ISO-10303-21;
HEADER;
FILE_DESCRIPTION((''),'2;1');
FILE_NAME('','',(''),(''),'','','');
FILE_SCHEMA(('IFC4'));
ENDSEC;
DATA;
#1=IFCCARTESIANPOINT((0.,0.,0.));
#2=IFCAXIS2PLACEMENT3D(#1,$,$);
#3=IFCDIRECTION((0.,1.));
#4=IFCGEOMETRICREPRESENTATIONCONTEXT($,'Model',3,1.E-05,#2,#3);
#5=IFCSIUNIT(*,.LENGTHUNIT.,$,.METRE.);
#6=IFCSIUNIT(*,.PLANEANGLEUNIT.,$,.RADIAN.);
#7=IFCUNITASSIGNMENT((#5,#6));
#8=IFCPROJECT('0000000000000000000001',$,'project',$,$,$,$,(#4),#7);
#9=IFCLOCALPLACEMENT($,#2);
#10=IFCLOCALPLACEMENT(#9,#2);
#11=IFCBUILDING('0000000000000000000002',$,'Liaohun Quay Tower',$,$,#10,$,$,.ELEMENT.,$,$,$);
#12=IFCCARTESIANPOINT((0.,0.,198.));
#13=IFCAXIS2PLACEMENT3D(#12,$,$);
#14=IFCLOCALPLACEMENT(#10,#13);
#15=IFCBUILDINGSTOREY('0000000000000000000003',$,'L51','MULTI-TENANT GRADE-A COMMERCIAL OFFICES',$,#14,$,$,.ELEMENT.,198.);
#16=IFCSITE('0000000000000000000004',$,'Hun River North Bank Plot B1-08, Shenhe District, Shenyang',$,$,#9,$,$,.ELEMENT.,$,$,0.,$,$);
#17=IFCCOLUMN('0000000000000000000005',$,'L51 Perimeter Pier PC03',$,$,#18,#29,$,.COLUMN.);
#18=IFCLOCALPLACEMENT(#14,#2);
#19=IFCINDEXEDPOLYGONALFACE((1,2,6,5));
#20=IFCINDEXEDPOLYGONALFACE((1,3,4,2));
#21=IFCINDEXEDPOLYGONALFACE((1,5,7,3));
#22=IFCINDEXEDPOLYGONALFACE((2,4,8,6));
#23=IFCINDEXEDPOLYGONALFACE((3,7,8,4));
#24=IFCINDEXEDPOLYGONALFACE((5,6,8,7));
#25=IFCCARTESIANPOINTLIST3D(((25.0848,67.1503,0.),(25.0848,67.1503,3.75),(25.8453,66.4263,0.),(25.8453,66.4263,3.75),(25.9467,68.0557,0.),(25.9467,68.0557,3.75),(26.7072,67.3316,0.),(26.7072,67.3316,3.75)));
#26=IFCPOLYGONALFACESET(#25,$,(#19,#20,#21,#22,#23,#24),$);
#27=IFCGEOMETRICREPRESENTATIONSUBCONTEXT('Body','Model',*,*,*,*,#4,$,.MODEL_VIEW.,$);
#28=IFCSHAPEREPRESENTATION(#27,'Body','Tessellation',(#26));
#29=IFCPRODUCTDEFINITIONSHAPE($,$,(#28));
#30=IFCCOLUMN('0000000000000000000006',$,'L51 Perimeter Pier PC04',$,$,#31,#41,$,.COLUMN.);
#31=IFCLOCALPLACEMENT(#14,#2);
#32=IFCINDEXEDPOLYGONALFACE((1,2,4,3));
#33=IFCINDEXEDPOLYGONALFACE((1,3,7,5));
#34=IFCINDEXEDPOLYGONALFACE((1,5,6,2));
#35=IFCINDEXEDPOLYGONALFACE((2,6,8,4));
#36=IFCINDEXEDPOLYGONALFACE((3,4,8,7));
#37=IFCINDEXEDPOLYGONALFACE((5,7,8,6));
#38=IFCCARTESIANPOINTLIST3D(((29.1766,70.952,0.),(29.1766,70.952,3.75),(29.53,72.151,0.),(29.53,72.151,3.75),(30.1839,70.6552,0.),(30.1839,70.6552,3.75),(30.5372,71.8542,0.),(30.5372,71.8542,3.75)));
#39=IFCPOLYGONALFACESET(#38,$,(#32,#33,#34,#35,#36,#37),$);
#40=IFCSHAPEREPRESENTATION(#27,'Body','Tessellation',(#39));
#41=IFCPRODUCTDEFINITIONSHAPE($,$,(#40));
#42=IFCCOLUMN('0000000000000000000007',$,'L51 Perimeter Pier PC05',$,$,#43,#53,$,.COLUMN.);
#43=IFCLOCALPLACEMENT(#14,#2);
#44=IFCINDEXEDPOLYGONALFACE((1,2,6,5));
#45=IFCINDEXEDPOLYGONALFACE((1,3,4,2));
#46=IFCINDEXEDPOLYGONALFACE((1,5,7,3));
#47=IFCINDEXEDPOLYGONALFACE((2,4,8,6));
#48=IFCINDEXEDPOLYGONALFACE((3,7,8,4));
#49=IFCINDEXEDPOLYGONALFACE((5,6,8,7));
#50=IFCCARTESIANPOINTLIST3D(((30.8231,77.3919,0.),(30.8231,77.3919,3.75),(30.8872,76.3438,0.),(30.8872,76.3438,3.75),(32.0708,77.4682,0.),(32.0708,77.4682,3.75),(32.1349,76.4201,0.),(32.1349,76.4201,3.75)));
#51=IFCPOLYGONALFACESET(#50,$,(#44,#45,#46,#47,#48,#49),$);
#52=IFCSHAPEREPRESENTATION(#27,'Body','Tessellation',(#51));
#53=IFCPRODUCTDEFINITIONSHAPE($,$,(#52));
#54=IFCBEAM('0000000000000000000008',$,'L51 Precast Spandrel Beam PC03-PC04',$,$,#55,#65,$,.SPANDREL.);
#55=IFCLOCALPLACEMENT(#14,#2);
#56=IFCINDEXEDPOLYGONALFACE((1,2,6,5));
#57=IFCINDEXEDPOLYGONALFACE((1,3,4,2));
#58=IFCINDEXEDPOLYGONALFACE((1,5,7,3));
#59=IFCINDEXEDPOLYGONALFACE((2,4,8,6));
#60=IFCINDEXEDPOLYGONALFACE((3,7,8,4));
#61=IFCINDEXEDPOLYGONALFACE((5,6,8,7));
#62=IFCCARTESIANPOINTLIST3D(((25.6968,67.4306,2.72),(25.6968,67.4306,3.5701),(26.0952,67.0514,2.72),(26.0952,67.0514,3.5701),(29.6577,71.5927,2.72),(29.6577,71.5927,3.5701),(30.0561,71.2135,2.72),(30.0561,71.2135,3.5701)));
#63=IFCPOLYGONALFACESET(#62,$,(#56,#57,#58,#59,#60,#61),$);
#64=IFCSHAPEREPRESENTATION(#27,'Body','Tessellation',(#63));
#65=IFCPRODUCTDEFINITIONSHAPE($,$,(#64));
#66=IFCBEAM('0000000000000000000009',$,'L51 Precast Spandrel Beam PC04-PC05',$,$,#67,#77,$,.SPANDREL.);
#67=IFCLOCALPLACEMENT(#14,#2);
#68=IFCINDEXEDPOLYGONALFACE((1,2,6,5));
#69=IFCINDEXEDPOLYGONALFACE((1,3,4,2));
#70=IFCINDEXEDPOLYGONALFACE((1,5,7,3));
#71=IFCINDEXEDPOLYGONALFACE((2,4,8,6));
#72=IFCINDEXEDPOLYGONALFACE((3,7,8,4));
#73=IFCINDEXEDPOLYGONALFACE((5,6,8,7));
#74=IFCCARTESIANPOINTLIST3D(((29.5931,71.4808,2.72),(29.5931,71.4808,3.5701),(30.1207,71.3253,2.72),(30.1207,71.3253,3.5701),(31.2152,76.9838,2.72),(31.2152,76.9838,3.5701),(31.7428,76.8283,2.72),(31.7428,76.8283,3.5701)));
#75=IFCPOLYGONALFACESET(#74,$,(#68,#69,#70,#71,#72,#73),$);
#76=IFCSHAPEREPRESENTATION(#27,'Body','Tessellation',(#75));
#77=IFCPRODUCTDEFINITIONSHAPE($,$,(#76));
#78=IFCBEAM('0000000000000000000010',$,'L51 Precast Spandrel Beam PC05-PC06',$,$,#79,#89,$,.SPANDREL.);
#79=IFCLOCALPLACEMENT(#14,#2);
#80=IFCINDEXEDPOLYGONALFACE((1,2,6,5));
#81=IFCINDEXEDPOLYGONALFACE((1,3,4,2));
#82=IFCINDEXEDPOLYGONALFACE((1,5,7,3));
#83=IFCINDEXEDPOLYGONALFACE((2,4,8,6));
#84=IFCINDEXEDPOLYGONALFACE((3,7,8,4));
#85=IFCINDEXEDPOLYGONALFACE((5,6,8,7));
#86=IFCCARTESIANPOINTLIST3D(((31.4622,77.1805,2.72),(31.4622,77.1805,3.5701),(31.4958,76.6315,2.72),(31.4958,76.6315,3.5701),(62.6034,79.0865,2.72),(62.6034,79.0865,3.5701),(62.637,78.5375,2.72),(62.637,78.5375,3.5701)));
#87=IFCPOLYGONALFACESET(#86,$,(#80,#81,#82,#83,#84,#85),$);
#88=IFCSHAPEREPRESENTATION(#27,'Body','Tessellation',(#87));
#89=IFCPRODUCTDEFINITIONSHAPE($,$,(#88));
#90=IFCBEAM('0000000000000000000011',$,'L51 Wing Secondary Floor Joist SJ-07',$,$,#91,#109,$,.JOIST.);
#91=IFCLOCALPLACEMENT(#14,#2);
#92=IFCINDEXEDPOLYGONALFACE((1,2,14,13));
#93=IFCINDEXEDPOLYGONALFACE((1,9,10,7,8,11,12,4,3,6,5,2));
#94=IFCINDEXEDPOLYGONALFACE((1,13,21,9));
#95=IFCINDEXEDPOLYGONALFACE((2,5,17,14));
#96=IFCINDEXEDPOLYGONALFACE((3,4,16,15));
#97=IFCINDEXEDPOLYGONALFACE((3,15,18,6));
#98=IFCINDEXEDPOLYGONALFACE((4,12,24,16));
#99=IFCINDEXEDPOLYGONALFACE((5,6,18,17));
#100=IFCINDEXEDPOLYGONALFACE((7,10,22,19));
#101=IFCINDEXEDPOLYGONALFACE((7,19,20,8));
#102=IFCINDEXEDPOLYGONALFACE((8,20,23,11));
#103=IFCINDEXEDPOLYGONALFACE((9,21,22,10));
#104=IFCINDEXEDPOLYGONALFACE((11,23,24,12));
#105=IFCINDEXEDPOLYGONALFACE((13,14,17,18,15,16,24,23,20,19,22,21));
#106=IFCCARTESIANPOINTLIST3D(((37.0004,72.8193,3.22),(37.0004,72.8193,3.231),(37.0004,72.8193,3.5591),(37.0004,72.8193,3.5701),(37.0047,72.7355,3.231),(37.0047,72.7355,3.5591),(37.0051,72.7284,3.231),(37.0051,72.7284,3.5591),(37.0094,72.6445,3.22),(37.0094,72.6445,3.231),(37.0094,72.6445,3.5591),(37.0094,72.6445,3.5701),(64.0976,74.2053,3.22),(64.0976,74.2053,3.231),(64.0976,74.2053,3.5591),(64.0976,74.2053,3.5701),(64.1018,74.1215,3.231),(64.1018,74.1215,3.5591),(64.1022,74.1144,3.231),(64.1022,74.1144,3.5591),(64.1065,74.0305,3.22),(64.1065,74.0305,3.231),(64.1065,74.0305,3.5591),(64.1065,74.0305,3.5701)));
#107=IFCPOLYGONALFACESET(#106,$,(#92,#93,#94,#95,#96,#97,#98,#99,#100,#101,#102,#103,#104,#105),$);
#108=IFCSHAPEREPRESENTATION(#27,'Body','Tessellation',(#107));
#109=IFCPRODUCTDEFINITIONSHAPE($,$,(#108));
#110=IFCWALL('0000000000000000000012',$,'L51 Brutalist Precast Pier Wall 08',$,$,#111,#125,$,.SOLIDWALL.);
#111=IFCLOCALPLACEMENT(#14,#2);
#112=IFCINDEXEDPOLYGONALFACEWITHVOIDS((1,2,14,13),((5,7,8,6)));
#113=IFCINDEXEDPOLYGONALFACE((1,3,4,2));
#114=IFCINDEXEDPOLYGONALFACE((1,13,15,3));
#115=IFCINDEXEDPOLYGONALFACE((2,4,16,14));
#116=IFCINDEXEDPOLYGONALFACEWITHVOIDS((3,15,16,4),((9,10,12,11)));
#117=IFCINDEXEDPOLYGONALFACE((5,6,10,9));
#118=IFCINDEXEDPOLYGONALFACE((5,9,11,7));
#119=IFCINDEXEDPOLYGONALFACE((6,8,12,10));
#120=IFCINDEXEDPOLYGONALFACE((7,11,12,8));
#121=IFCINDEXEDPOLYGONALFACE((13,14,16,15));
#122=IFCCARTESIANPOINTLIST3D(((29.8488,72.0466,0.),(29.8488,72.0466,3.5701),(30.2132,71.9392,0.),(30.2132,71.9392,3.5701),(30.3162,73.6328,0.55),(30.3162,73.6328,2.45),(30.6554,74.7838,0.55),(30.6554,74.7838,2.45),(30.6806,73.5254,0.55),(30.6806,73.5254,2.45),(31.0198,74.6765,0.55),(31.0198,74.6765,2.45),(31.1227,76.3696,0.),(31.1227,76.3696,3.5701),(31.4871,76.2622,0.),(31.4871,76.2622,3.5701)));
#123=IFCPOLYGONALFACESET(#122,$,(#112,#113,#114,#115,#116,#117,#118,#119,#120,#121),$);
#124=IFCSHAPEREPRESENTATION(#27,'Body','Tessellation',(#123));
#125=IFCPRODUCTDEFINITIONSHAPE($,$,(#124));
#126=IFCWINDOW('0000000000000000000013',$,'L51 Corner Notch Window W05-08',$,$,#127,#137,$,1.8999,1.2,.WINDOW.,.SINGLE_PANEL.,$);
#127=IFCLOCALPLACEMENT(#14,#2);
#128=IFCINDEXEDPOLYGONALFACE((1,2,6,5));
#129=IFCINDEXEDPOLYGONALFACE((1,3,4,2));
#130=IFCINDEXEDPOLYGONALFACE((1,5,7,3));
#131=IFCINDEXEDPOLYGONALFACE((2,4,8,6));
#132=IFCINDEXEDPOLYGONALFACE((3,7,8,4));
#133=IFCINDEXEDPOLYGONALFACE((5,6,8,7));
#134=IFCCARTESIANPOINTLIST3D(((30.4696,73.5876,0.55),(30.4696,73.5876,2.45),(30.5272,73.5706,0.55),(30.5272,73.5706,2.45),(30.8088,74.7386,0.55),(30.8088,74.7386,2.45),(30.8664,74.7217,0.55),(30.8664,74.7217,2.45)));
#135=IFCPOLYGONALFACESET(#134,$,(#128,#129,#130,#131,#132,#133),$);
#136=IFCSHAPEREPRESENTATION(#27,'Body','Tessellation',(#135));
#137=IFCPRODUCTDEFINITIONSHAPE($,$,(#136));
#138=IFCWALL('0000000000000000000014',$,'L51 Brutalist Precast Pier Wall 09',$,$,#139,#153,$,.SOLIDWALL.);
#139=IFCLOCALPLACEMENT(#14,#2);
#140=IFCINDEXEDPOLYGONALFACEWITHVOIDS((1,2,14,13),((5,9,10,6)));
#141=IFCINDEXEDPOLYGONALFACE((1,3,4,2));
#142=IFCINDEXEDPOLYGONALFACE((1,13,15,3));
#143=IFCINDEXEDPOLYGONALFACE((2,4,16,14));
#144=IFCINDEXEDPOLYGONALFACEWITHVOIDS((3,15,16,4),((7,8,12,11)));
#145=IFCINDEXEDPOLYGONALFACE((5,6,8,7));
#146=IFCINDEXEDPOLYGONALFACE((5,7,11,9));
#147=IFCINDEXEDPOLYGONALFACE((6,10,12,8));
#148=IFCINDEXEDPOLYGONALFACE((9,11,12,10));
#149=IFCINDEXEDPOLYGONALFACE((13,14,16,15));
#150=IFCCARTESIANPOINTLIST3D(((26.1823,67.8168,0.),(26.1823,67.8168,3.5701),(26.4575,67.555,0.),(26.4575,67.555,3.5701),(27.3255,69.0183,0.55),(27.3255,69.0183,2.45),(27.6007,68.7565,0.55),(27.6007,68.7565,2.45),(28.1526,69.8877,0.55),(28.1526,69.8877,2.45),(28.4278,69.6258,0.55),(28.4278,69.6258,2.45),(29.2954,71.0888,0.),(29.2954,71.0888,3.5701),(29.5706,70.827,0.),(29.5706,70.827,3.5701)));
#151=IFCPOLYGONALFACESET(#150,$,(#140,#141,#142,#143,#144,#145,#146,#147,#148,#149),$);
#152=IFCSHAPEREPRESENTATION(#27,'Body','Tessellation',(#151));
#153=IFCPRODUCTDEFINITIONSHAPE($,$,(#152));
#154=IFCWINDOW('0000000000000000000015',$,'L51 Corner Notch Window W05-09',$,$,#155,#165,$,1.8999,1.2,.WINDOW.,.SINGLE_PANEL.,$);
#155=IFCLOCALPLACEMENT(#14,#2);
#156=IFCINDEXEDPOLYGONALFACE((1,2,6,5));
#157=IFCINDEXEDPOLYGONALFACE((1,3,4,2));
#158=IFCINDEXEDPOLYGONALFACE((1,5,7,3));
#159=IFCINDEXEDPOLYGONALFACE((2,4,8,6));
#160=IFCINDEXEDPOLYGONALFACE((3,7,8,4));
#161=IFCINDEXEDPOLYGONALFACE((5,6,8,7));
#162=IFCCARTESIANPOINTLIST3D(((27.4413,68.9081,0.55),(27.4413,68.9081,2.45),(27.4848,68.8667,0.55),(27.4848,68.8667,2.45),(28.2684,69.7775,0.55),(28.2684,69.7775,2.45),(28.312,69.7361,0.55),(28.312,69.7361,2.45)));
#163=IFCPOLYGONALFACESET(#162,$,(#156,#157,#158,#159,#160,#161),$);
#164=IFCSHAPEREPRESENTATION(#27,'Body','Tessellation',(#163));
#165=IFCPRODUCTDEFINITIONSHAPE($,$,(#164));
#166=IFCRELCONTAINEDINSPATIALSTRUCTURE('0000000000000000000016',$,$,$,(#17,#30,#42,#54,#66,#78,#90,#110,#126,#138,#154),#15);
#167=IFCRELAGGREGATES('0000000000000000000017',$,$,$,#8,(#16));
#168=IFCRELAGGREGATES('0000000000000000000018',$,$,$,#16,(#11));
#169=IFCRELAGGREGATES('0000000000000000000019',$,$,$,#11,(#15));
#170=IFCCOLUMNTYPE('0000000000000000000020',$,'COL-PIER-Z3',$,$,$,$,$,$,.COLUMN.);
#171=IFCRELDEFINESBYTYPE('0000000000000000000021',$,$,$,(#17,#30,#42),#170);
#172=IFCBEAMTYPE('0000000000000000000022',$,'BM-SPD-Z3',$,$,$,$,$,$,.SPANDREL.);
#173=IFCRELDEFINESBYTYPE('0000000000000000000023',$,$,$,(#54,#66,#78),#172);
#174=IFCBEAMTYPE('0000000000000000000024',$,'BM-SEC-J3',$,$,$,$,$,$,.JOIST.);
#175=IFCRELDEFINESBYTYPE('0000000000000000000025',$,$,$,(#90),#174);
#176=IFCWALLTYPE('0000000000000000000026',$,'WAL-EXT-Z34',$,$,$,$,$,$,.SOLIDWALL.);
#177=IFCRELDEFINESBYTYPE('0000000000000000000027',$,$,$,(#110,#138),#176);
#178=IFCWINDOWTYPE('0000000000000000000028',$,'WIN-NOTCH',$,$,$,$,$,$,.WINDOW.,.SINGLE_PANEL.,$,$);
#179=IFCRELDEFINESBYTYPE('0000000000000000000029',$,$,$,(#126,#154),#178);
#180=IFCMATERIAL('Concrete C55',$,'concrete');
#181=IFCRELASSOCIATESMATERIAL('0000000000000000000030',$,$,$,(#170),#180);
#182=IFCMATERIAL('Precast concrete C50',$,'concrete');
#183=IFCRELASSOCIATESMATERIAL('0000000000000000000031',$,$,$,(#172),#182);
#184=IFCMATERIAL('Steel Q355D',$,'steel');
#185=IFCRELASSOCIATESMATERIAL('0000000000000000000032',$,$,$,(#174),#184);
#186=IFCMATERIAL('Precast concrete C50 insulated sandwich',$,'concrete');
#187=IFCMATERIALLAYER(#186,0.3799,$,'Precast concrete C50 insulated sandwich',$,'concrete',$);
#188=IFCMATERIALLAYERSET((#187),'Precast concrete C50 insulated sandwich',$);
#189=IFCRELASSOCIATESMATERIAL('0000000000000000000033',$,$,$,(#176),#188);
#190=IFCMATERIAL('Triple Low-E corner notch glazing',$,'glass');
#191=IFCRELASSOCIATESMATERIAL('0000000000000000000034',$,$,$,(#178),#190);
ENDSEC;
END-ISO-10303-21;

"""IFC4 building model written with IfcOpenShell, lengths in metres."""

from ifc_helpers import new_model, si_unit, direction, frame, frame_2d, origin, origin_2d, place, context, subcontext, project, spatial, rectangle, i_section, extrude, source, transform, mapped, material, layer, layer_set, material_profile, profile_set, type_object, element, fill, save


model = new_model("IFC4")

# Units and contexts
model_context = context("Model", 3, precision=1e-05, world=origin(), true_north=direction((0.0, 1.0)))
body_context = subcontext(model_context, "Body", "Model", "MODEL_VIEW")
ifc_project = project(units=[si_unit("LENGTHUNIT", "METRE"), si_unit("PLANEANGLEUNIT", "RADIAN")], contexts=[model_context])

# Site, building, storey
site_placement = place(None, origin())
site = spatial("IfcSite", under=ifc_project, at=site_placement, Name="Hun River North Bank Plot B1-08, Shenhe District, Shenyang", CompositionType="ELEMENT", RefElevation=0.0)
building_placement = place(site_placement, origin())
building = spatial("IfcBuilding", under=site, at=building_placement, Name="Liaohun Quay Tower", CompositionType="ELEMENT")
storey_placement = place(building_placement, frame((0.0, 0.0, 198.0)))
storey = spatial("IfcBuildingStorey", under=building, at=storey_placement, Name="L51", Description="MULTI-TENANT GRADE-A COMMERCIAL OFFICES", CompositionType="ELEMENT", Elevation=198.0)

# Columns
ifc_material_1 = material(Name="Concrete C55", Category="concrete")
ifc_material_profile_1 = material_profile(ifc_material_1, rectangle(XDim=1.25, YDim=1.05, at=origin_2d()), Name="RC1250x1050")
ifc_profile_set_1 = profile_set([ifc_material_profile_1], Name="Concrete C55")
column_type = type_object("IfcColumnType", Name="COL-PIER-Z3", PredefinedType="COLUMN", material=ifc_profile_set_1)
shared_shape_1 = source(origin(), body_context, "Body", "SweptSolid", [
    extrude(rectangle(XDim=1.25, YDim=1.05, at=origin_2d()), origin(), (0.0, 0.0, 1.0), 3.75),
])
for number, where, z_axis, x_axis, name in (
    (1, (25.896, 67.241, 0.0), (0.0, 0.0, 1.0), (0.689493, 0.724292, 0.0), "L51 Perimeter Pier PC03"),
    (2, (29.8569, 71.4031, 0.0), (0.0, 0.0, 1.0), (0.282676, 0.959215, 0.0), "L51 Perimeter Pier PC04"),
    (3, (31.479, 76.906, 0.0), (0.0, 0.0, 1.0), (0.998135, 0.061049, 0.0), "L51 Perimeter Pier PC05"),
):
    element("IfcColumn", number, at=place(storey_placement, frame(where, z_axis=z_axis, x_axis=x_axis)), inside=storey, type_object=column_type, Name=name, PredefinedType="COLUMN", context=body_context, shape_type="MappedRepresentation", body=[
        mapped(shared_shape_1, transform((0.0, 0.0, 0.0), x_axis=(1.0, 0.0, 0.0), y_axis=(0.0, 1.0, 0.0), z_axis=(0.0, 0.0, 1.0), scale=1.0)),
    ])

# Beams
ifc_material_2 = material(Name="Precast concrete C50", Category="concrete")
ifc_material_profile_2 = material_profile(ifc_material_2, rectangle(XDim=0.55, YDim=0.8501, at=origin_2d()), Name="RC550x850")
ifc_profile_set_2 = profile_set([ifc_material_profile_2], Name="Precast concrete C50")
beam_type_1 = type_object("IfcBeamType", Name="BM-SPD-Z3", PredefinedType="SPANDREL", material=ifc_profile_set_2)
shared_shape_2 = source(origin(), body_context, "Body", "SweptSolid", [
    extrude(rectangle(XDim=0.55, YDim=0.8501, at=origin_2d()), origin(), (0.0, 0.0, 1.0), 5.7456),
])
beam_1_placement = place(storey_placement, frame((25.896, 67.241, 3.145), z_axis=(0.689384, 0.724397, 0.0), x_axis=(-0.724397, 0.689384, 0.0)))
element("IfcBeam", 4, at=beam_1_placement, inside=storey, type_object=beam_type_1, Name="L51 Precast Spandrel Beam PC03-PC04", PredefinedType="SPANDREL", context=body_context, shape_type="MappedRepresentation", body=[
    mapped(shared_shape_2, transform((0.0, 0.0, 0.0), x_axis=(1.0, 0.0, 0.0), y_axis=(0.0, 1.0, 0.0), z_axis=(0.0, 0.0, 1.0), scale=1.0)),
])
shared_shape_3 = source(origin(), body_context, "Body", "SweptSolid", [
    extrude(rectangle(XDim=0.55, YDim=0.8501, at=origin_2d()), origin(), (0.0, 0.0, 1.0), 5.7371),
])
beam_2_placement = place(storey_placement, frame((29.8569, 71.4031, 3.145), z_axis=(0.282738, 0.959197, 0.0), x_axis=(-0.959197, 0.282738, 0.0)))
element("IfcBeam", 5, at=beam_2_placement, inside=storey, type_object=beam_type_1, Name="L51 Precast Spandrel Beam PC04-PC05", PredefinedType="SPANDREL", context=body_context, shape_type="MappedRepresentation", body=[
    mapped(shared_shape_3, transform((0.0, 0.0, 0.0), x_axis=(1.0, 0.0, 0.0), y_axis=(0.0, 1.0, 0.0), z_axis=(0.0, 0.0, 1.0), scale=1.0)),
])
shared_shape_4 = source(origin(), body_context, "Body", "SweptSolid", [
    extrude(rectangle(XDim=0.55, YDim=0.8501, at=origin_2d()), origin(), (0.0, 0.0, 1.0), 31.1995),
])
beam_3_placement = place(storey_placement, frame((31.479, 76.906, 3.145), z_axis=(0.998132, 0.061091, 0.0), x_axis=(-0.061091, 0.998132, 0.0)))
element("IfcBeam", 6, at=beam_3_placement, inside=storey, type_object=beam_type_1, Name="L51 Precast Spandrel Beam PC05-PC06", PredefinedType="SPANDREL", context=body_context, shape_type="MappedRepresentation", body=[
    mapped(shared_shape_4, transform((0.0, 0.0, 0.0), x_axis=(1.0, 0.0, 0.0), y_axis=(0.0, 1.0, 0.0), z_axis=(0.0, 0.0, 1.0), scale=1.0)),
])
ifc_material_3 = material(Name="Steel Q355D", Category="steel")
ifc_material_profile_3 = material_profile(ifc_material_3, i_section(OverallWidth=0.175, OverallDepth=0.3501, WebThickness=0.0071, FlangeThickness=0.011, at=origin_2d()), Name="HN350x175x7x11")
ifc_profile_set_3 = profile_set([ifc_material_profile_3], Name="Steel Q355D")
beam_type_2 = type_object("IfcBeamType", Name="BM-SEC-J3", PredefinedType="JOIST", material=ifc_profile_set_3)
shared_shape_5 = source(origin(), body_context, "Body", "SweptSolid", [
    extrude(i_section(OverallWidth=0.175, OverallDepth=0.3501, WebThickness=0.0071, FlangeThickness=0.011, at=origin_2d()), origin(), (0.0, 0.0, 1.0), 27.1326),
])
beam_4_placement = place(storey_placement, frame((37.0049, 72.7319, 3.395), z_axis=(0.998694, 0.051082, 0.0), x_axis=(-0.051082, 0.998694, 0.0)))
element("IfcBeam", 7, at=beam_4_placement, inside=storey, type_object=beam_type_2, Name="L51 Wing Secondary Floor Joist SJ-07", PredefinedType="JOIST", context=body_context, shape_type="MappedRepresentation", body=[
    mapped(shared_shape_5, transform((0.0, 0.0, 0.0), x_axis=(1.0, 0.0, 0.0), y_axis=(0.0, 1.0, 0.0), z_axis=(0.0, 0.0, 1.0), scale=1.0)),
])

# Walls, openings, windows
ifc_material_4 = material(Name="Precast concrete C50 insulated sandwich", Category="concrete")
ifc_layer_1 = layer(ifc_material_4, 0.3799, Name="Precast concrete C50 insulated sandwich", Category="concrete")
ifc_layer_set_1 = layer_set([ifc_layer_1], Name="Precast concrete C50 insulated sandwich")
wall_type_1 = type_object("IfcWallType", Name="WAL-EXT-Z34", PredefinedType="SOLIDWALL", material=ifc_layer_set_1)
wall_1_placement = place(storey_placement, frame((31.3049, 76.3159, 0.0), z_axis=(0.0, 0.0, 1.0), x_axis=(-0.282668, -0.959218, 0.0)))
wall_1 = element("IfcWall", 8, at=wall_1_placement, inside=storey, type_object=wall_type_1, Name="L51 Brutalist Precast Pier Wall 08", PredefinedType="SOLIDWALL", context=body_context, shape_type="SweptSolid", body=[
    extrude(rectangle(XDim=4.5068, YDim=0.3799, at=frame_2d((2.2534, 0.0))), origin(), (0.0, 0.0, 1.0), 3.5701),
])
shared_shape_6 = source(origin(), body_context, "Body", "SweptSolid", [
    extrude(rectangle(XDim=1.2, YDim=1.8999, at=frame_2d((0.6001, 0.95))), frame((0.0, 0.2, 0.0), z_axis=(0.0, -1.0, 0.0), x_axis=(1.0, 0.0, 0.0)), (0.0, 0.0, 1.0), 0.3999),
])
opening_1_placement = place(wall_1_placement, frame((1.6531, 0.0, 0.55)))
opening_1 = element("IfcOpeningElement", 9, at=opening_1_placement, cuts=wall_1, PredefinedType="OPENING", context=body_context, shape_type="MappedRepresentation", body=[
    mapped(shared_shape_6, transform((0.0, 0.0, 0.0), x_axis=(1.0, 0.0, 0.0), y_axis=(0.0, 1.0, 0.0), z_axis=(0.0, 0.0, 1.0), scale=1.0)),
])
ifc_material_5 = material(Name="Triple Low-E corner notch glazing", Category="glass")
window_type_1 = type_object("IfcWindowType", Name="WIN-NOTCH", PartitioningType="SINGLE_PANEL", PredefinedType="WINDOW", material=ifc_material_5)
shared_shape_7 = source(origin(), body_context, "Body", "SweptSolid", [
    extrude(rectangle(XDim=1.2, YDim=1.8999, at=frame_2d((0.6001, 0.95))), frame((0.0, 0.03, 0.0), z_axis=(0.0, -1.0, 0.0), x_axis=(1.0, 0.0, 0.0)), (0.0, 0.0, 1.0), 0.0601),
])
window_1_placement = place(opening_1_placement, origin())
window_1 = element("IfcWindow", 10, at=window_1_placement, inside=storey, type_object=window_type_1, Name="L51 Corner Notch Window W05-08", OverallHeight=1.8999, OverallWidth=1.2, PartitioningType="SINGLE_PANEL", PredefinedType="WINDOW", context=body_context, shape_type="MappedRepresentation", body=[
    mapped(shared_shape_7, transform((0.0, 0.0, 0.0), x_axis=(1.0, 0.0, 0.0), y_axis=(0.0, 1.0, 0.0), z_axis=(0.0, 0.0, 1.0), scale=1.0)),
])
fill(opening_1, window_1)
wall_2_placement = place(storey_placement, frame((29.4331, 70.958, 0.0), z_axis=(0.0, 0.0, 1.0), x_axis=(-0.689292, -0.724484, 0.0)))
wall_2 = element("IfcWall", 11, at=wall_2_placement, inside=storey, type_object=wall_type_1, Name="L51 Brutalist Precast Pier Wall 09", PredefinedType="SOLIDWALL", context=body_context, shape_type="SweptSolid", body=[
    extrude(rectangle(XDim=4.5164, YDim=0.3799, at=frame_2d((2.2583, 0.0))), origin(), (0.0, 0.0, 1.0), 3.5701),
])
opening_2_placement = place(wall_2_placement, frame((1.658, 0.0, 0.55)))
opening_2 = element("IfcOpeningElement", 12, at=opening_2_placement, cuts=wall_2, PredefinedType="OPENING", context=body_context, shape_type="MappedRepresentation", body=[
    mapped(shared_shape_6, transform((0.0, 0.0, 0.0), x_axis=(1.0, 0.0, 0.0), y_axis=(0.0, 1.0, 0.0), z_axis=(0.0, 0.0, 1.0), scale=1.0)),
])
window_2_placement = place(opening_2_placement, origin())
window_2 = element("IfcWindow", 13, at=window_2_placement, inside=storey, type_object=window_type_1, Name="L51 Corner Notch Window W05-09", OverallHeight=1.8999, OverallWidth=1.2, PartitioningType="SINGLE_PANEL", PredefinedType="WINDOW", context=body_context, shape_type="MappedRepresentation", body=[
    mapped(shared_shape_7, transform((0.0, 0.0, 0.0), x_axis=(1.0, 0.0, 0.0), y_axis=(0.0, 1.0, 0.0), z_axis=(0.0, 0.0, 1.0), scale=1.0)),
])
fill(opening_2, window_2)

save(model, "model.ifc")
